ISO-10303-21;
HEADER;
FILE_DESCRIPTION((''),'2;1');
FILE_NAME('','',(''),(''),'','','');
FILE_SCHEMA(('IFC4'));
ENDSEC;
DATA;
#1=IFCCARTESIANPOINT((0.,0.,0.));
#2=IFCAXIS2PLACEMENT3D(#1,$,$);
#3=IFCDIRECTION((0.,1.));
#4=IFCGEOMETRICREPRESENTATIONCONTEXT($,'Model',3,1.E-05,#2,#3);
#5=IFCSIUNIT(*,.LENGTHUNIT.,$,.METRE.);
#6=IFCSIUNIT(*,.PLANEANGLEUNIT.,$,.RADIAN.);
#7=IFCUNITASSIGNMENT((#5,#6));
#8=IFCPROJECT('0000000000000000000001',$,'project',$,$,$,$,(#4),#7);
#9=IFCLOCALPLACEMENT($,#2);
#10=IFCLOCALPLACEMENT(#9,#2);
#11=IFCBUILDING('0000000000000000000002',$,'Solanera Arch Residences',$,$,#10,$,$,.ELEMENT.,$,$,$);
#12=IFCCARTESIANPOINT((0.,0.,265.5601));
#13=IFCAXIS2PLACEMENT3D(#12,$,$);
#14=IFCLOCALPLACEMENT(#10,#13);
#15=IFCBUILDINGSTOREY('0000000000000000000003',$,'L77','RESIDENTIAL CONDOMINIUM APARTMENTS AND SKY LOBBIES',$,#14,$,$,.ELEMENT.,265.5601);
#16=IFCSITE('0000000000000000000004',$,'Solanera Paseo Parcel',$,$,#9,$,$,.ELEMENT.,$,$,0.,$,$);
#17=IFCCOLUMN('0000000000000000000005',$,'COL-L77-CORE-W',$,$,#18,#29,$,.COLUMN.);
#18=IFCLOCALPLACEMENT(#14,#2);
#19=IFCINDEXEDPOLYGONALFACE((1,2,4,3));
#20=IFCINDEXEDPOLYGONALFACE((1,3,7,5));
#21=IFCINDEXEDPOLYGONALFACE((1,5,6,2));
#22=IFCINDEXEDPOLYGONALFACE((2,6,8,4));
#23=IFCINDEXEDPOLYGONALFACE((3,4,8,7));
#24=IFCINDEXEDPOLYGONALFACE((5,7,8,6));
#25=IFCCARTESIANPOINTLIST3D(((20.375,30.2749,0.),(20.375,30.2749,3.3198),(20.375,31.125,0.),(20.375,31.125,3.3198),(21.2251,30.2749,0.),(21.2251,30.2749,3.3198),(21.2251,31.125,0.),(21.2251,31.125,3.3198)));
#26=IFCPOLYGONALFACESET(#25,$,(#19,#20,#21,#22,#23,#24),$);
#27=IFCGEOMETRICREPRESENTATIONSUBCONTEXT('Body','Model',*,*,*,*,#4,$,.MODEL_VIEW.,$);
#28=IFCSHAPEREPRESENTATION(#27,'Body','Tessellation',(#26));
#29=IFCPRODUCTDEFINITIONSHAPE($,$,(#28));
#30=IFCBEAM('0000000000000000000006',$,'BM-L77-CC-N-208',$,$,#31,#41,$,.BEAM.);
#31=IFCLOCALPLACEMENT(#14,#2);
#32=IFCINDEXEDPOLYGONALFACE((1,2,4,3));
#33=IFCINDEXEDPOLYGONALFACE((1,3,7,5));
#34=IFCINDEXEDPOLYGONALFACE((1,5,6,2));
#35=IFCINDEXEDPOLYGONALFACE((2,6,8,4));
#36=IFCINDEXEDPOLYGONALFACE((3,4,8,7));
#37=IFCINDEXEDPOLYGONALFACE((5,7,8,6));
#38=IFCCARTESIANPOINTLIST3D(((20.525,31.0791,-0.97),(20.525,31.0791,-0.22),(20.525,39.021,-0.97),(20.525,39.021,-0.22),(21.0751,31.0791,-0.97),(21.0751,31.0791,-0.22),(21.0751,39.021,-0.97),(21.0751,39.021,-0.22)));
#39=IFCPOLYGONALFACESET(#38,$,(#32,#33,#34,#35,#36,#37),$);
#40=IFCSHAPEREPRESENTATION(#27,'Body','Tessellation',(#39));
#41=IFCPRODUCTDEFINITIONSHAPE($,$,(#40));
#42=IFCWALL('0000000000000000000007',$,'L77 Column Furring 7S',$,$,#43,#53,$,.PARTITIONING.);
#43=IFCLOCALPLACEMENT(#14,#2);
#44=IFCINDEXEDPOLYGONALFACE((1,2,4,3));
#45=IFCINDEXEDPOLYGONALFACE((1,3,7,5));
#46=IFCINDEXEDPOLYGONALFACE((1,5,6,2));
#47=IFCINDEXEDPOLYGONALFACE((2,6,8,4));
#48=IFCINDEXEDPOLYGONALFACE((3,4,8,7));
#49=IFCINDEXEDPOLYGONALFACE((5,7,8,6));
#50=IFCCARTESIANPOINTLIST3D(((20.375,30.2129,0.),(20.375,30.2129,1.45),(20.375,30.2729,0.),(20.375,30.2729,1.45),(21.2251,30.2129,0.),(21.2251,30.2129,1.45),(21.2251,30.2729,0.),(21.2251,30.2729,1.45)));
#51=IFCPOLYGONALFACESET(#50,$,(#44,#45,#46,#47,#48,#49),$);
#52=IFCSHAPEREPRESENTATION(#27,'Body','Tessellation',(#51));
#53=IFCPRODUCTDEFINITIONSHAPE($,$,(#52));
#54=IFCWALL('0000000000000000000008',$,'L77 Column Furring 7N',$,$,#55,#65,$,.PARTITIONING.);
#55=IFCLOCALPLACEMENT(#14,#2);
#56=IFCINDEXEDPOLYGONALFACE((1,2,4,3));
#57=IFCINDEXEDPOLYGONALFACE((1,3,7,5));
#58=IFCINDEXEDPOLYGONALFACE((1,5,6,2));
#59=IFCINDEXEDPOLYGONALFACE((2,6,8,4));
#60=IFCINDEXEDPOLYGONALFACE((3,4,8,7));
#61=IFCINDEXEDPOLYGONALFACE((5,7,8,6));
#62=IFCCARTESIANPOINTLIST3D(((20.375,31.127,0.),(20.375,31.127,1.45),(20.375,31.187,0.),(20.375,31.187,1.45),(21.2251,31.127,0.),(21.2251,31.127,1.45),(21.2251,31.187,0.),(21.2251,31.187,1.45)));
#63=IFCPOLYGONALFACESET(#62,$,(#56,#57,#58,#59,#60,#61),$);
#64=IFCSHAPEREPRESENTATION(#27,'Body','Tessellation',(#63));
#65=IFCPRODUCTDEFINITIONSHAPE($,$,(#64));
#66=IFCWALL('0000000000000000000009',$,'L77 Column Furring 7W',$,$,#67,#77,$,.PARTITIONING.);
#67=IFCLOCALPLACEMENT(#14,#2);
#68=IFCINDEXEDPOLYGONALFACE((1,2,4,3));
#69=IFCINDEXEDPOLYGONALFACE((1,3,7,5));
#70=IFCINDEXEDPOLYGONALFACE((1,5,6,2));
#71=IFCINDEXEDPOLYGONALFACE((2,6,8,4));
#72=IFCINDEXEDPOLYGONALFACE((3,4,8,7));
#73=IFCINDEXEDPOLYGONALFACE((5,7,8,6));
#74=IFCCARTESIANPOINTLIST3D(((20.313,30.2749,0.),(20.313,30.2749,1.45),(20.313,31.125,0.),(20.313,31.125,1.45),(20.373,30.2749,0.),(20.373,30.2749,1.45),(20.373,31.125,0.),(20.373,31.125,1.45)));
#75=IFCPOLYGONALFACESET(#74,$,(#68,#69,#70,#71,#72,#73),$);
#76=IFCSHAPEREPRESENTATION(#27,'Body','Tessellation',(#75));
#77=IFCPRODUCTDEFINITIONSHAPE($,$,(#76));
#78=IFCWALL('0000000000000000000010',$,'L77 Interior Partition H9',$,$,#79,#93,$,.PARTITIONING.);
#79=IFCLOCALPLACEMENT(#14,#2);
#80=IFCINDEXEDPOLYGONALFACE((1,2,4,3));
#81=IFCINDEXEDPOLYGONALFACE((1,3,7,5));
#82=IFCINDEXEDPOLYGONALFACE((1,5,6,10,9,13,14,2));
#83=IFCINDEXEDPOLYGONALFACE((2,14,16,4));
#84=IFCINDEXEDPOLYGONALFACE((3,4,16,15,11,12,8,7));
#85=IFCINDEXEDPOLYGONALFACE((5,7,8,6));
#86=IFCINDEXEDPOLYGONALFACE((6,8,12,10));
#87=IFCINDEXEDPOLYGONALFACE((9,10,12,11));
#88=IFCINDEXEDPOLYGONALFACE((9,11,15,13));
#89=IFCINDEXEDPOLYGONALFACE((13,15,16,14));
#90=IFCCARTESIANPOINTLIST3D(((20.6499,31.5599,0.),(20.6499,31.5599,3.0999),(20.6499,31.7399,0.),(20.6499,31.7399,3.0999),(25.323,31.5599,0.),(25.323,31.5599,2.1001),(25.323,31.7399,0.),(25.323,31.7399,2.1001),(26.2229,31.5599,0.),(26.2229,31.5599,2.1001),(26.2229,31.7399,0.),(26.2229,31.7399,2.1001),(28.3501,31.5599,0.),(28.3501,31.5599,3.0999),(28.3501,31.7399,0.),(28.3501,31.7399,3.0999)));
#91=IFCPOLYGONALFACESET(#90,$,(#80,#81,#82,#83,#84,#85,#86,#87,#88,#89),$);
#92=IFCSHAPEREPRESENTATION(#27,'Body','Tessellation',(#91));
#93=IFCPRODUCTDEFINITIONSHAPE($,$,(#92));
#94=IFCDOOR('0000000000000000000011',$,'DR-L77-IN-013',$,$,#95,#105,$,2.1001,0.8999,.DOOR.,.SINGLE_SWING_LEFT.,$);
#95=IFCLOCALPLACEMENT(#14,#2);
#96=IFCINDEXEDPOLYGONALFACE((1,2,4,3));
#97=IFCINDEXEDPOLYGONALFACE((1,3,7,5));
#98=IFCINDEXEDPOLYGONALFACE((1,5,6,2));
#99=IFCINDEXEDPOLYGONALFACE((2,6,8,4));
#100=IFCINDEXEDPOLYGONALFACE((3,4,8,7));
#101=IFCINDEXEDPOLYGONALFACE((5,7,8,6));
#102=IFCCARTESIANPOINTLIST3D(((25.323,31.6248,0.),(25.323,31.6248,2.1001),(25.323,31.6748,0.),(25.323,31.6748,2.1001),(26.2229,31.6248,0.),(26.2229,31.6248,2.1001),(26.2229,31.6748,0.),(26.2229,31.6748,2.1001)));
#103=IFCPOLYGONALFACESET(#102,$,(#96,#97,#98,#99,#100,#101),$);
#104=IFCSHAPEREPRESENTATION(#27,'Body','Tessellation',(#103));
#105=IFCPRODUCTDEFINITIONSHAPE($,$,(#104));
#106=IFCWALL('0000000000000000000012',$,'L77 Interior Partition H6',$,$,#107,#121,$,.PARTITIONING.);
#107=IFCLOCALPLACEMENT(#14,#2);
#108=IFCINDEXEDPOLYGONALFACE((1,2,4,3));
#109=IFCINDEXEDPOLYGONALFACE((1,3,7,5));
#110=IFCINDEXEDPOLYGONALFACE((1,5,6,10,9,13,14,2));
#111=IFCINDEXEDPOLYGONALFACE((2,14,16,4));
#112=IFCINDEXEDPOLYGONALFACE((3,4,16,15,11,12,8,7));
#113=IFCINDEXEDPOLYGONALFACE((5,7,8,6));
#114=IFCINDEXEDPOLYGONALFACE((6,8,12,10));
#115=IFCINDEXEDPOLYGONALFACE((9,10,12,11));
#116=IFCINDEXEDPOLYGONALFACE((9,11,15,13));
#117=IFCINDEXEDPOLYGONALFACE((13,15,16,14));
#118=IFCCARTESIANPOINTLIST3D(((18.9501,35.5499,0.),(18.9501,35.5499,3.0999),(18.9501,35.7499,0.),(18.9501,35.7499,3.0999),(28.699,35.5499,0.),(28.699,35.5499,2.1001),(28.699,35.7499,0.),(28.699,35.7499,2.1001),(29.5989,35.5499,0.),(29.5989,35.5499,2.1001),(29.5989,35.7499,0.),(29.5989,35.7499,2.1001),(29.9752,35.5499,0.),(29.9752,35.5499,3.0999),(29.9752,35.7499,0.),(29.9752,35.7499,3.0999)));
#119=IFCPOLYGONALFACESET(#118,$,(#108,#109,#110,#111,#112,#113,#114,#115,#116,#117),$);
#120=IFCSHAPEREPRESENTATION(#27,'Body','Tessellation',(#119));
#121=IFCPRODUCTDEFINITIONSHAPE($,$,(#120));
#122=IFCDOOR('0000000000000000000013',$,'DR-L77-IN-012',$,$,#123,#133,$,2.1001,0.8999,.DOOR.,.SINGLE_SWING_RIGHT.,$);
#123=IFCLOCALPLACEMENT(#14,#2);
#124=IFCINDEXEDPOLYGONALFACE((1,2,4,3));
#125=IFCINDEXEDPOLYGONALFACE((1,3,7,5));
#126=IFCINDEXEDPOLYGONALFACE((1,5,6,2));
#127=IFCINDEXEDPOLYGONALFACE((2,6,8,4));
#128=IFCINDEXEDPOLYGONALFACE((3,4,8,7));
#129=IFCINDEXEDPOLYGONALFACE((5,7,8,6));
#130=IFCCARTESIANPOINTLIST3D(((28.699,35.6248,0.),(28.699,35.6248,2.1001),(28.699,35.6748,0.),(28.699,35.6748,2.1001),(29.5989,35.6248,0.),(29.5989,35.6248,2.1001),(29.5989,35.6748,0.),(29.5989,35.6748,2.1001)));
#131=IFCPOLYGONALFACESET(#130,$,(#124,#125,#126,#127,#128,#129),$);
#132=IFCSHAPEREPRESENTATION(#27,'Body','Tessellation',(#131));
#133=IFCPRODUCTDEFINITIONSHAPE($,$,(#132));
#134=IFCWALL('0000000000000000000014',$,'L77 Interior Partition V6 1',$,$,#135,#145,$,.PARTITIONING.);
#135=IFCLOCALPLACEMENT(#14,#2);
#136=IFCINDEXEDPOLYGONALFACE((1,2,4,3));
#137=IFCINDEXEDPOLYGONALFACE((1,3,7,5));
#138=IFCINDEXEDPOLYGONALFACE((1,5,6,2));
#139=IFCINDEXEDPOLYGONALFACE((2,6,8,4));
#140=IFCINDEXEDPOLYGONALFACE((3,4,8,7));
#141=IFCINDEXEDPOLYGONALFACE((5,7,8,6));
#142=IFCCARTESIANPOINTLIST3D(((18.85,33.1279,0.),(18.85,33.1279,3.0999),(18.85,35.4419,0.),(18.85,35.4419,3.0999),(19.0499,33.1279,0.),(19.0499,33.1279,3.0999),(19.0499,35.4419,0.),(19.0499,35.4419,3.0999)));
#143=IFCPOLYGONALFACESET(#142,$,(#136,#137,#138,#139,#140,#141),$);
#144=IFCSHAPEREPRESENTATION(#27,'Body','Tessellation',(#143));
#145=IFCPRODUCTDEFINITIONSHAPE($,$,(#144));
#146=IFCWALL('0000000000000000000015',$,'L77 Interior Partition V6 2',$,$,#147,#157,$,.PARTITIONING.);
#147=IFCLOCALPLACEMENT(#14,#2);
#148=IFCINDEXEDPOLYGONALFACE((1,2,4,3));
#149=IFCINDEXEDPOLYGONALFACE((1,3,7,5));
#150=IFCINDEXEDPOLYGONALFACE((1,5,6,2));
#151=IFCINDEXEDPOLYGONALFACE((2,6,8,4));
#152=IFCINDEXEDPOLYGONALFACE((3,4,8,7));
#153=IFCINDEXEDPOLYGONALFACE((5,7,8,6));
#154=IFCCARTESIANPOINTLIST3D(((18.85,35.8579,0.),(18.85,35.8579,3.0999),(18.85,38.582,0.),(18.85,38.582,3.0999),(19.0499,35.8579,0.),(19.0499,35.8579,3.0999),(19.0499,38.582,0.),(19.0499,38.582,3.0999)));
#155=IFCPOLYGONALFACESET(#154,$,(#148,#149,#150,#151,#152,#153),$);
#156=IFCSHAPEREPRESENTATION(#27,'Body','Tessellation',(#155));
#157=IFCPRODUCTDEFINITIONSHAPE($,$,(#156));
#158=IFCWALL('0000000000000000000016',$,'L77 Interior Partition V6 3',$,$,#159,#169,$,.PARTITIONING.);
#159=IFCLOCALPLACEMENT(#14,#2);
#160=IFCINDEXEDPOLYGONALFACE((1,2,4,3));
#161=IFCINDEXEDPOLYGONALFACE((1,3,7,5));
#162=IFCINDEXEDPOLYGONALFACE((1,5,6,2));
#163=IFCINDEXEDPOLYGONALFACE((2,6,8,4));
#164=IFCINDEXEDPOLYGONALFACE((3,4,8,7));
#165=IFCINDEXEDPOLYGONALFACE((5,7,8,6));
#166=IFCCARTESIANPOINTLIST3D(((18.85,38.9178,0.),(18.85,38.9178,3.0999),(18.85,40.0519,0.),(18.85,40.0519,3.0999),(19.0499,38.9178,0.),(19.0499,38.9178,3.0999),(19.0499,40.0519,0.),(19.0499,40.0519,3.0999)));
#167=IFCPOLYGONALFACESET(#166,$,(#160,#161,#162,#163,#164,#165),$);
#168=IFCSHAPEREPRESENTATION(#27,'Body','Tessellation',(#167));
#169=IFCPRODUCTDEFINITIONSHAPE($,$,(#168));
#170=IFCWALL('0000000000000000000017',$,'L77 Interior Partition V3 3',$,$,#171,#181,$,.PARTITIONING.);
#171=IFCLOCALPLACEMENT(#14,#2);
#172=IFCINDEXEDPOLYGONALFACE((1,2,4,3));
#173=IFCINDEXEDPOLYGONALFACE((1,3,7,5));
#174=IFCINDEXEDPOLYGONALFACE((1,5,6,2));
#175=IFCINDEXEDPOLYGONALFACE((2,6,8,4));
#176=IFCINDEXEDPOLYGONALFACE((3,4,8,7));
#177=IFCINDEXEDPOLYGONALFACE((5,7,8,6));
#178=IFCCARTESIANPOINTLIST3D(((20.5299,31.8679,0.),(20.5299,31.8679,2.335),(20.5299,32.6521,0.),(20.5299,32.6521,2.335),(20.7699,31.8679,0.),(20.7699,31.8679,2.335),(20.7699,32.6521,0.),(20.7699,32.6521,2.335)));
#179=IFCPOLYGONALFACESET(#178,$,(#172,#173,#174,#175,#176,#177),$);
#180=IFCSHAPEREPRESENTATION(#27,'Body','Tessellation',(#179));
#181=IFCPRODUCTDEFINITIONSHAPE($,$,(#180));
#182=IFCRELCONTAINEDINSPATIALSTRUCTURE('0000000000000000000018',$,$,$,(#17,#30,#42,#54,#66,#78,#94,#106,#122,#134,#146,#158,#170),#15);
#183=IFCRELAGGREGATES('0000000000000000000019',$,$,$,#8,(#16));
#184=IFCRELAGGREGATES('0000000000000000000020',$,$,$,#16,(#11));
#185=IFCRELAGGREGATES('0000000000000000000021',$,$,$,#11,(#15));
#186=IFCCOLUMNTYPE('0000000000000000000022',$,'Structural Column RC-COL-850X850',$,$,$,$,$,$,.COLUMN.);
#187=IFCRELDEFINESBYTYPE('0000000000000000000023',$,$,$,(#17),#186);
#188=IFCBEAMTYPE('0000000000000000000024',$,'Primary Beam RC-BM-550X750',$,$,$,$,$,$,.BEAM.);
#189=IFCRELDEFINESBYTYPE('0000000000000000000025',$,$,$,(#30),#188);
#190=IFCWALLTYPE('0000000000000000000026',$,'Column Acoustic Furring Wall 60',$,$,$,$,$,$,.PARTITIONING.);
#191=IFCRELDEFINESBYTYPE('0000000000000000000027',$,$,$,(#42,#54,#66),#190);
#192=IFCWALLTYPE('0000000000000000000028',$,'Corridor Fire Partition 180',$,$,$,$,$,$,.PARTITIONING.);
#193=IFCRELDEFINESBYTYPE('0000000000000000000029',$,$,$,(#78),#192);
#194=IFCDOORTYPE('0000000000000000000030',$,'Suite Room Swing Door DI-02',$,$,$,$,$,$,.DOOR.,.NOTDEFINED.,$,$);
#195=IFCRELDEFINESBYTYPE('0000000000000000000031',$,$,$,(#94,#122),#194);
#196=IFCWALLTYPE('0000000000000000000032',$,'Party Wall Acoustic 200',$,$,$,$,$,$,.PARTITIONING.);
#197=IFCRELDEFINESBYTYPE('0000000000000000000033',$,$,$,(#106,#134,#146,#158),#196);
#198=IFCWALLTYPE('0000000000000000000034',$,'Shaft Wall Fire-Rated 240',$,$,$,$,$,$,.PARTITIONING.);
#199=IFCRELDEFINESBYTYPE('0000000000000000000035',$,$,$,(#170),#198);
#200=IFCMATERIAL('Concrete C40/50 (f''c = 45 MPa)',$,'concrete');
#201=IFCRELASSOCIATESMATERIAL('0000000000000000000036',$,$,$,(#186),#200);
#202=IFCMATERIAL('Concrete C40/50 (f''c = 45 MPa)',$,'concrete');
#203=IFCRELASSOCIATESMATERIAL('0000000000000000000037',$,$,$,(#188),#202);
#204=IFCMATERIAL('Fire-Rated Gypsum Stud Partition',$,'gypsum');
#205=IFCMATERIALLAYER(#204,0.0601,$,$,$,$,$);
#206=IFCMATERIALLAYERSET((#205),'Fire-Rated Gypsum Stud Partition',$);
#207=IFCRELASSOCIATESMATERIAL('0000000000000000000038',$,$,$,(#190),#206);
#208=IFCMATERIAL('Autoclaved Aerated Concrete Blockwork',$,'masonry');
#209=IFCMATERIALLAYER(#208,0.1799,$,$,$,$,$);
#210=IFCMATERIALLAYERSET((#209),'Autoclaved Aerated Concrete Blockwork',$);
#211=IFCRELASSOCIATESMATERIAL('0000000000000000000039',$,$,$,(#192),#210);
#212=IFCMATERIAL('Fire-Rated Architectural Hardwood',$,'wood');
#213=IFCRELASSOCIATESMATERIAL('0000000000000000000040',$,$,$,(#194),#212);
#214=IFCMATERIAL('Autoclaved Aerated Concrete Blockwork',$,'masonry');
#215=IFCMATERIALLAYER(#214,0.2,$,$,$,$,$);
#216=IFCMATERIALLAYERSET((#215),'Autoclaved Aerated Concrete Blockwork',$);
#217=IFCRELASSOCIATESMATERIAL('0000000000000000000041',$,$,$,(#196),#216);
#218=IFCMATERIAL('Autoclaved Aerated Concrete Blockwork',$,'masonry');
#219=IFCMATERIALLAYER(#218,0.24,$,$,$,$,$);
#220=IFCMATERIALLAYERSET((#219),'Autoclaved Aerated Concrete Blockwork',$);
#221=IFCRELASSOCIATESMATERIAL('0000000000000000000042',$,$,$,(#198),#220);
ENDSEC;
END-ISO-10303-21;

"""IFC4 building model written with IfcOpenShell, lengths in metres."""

from ifc_helpers import new_model, si_unit, direction, frame, frame_2d, origin, origin_2d, place, context, subcontext, project, spatial, rectangle, extrude, material, layer, layer_set, material_profile, profile_set, type_object, element, fill, save


model = new_model("IFC4")

# Units and contexts
model_context = context("Model", 3, precision=1e-05, world=origin(), true_north=direction((0.0, 1.0)))
body_context = subcontext(model_context, "Body", "Model", "MODEL_VIEW")
ifc_project = project(units=[si_unit("LENGTHUNIT", "METRE"), si_unit("PLANEANGLEUNIT", "RADIAN")], contexts=[model_context])

# Site, building, storey
site_placement = place(None, origin())
site = spatial("IfcSite", under=ifc_project, at=site_placement, Name="Solanera Paseo Parcel", CompositionType="ELEMENT", RefElevation=0.0)
building_placement = place(site_placement, origin())
building = spatial("IfcBuilding", under=site, at=building_placement, Name="Solanera Arch Residences", CompositionType="ELEMENT")
storey_placement = place(building_placement, frame((0.0, 0.0, 265.5601)))
storey = spatial("IfcBuildingStorey", under=building, at=storey_placement, Name="L77", Description="RESIDENTIAL CONDOMINIUM APARTMENTS AND SKY LOBBIES", CompositionType="ELEMENT", Elevation=265.5601)

# Column
ifc_material_1 = material(Name="Concrete C40/50 (f'c = 45 MPa)", Category="concrete")
ifc_material_profile_1 = material_profile(ifc_material_1, rectangle(XDim=0.8501, YDim=0.8501, at=origin_2d()))
ifc_profile_set_1 = profile_set([ifc_material_profile_1], Name="Concrete C40/50 (f'c = 45 MPa)")
column_type = type_object("IfcColumnType", Name="Structural Column RC-COL-850X850", PredefinedType="COLUMN", material=ifc_profile_set_1)
column_placement = place(storey_placement, frame((20.8, 30.7, 0.0), z_axis=(0.0, 0.0, 1.0), x_axis=(1.0, 0.0, 0.0)))
element("IfcColumn", 1, at=column_placement, inside=storey, type_object=column_type, Name="COL-L77-CORE-W", PredefinedType="COLUMN", context=body_context, shape_type="SweptSolid", body=[
    extrude(rectangle(XDim=0.8501, YDim=0.8501, at=origin_2d()), origin(), (0.0, 0.0, 1.0), 3.3198),
])

# Beam
ifc_material_2 = material(Name="Concrete C40/50 (f'c = 45 MPa)", Category="concrete")
ifc_material_profile_2 = material_profile(ifc_material_2, rectangle(XDim=0.55, YDim=0.75, at=origin_2d()))
ifc_profile_set_2 = profile_set([ifc_material_profile_2], Name="Concrete C40/50 (f'c = 45 MPa)")
beam_type = type_object("IfcBeamType", Name="Primary Beam RC-BM-550X750", PredefinedType="BEAM", material=ifc_profile_set_2)
beam_placement = place(storey_placement, frame((20.8, 31.0791, -0.595), z_axis=(0.0, 1.0, 0.0), x_axis=(-1.0, 0.0, 0.0)))
element("IfcBeam", 2, at=beam_placement, inside=storey, type_object=beam_type, Name="BM-L77-CC-N-208", PredefinedType="BEAM", context=body_context, shape_type="SweptSolid", body=[
    extrude(rectangle(XDim=0.55, YDim=0.75, at=origin_2d()), origin(), (0.0, 0.0, 1.0), 7.9419),
])

# Walls
ifc_material_3 = material(Name="Fire-Rated Gypsum Stud Partition", Category="gypsum")
ifc_layer_1 = layer(ifc_material_3, 0.0601)
ifc_layer_set_1 = layer_set([ifc_layer_1], Name="Fire-Rated Gypsum Stud Partition")
wall_type_1 = type_object("IfcWallType", Name="Column Acoustic Furring Wall 60", PredefinedType="PARTITIONING", material=ifc_layer_set_1)
for number, where, z_axis, x_axis, name in (
    (3, (20.375, 30.2429, 0.0), (0.0, 0.0, 1.0), (1.0, 0.0, 0.0), "L77 Column Furring 7S"),
    (4, (20.375, 31.157, 0.0), (0.0, 0.0, 1.0), (1.0, 0.0, 0.0), "L77 Column Furring 7N"),
    (5, (20.343, 30.2749, 0.0), (0.0, 0.0, 1.0), (0.0, 1.0, 0.0), "L77 Column Furring 7W"),
):
    element("IfcWall", number, at=place(storey_placement, frame(where, z_axis=z_axis, x_axis=x_axis)), inside=storey, type_object=wall_type_1, Name=name, PredefinedType="PARTITIONING", context=body_context, shape_type="SweptSolid", body=[
        extrude(rectangle(XDim=0.8501, YDim=0.0601, at=frame_2d((0.425, 0.0))), origin(), (0.0, 0.0, 1.0), 1.45),
    ])

# Walls, openings, doors
ifc_material_4 = material(Name="Autoclaved Aerated Concrete Blockwork", Category="masonry")
ifc_layer_2 = layer(ifc_material_4, 0.1799)
ifc_layer_set_2 = layer_set([ifc_layer_2], Name="Autoclaved Aerated Concrete Blockwork")
wall_type_2 = type_object("IfcWallType", Name="Corridor Fire Partition 180", PredefinedType="PARTITIONING", material=ifc_layer_set_2)
wall_1_placement = place(storey_placement, frame((20.6499, 31.6499, 0.0), z_axis=(0.0, 0.0, 1.0), x_axis=(1.0, 0.0, 0.0)))
wall_1 = element("IfcWall", 6, at=wall_1_placement, inside=storey, type_object=wall_type_2, Name="L77 Interior Partition H9", PredefinedType="PARTITIONING", context=body_context, shape_type="SweptSolid", body=[
    extrude(rectangle(XDim=7.7002, YDim=0.1799, at=frame_2d((3.8501, 0.0))), origin(), (0.0, 0.0, 1.0), 3.0999),
])
opening_1_placement = place(wall_1_placement, frame((4.6731, 0.0, 0.0)))
opening_1 = element("IfcOpeningElement", 7, at=opening_1_placement, cuts=wall_1, PredefinedType="OPENING", context=body_context, shape_type="SweptSolid", body=[
    extrude(rectangle(XDim=0.8999, YDim=2.1001, at=frame_2d((0.45, 1.05))), frame((0.0, 0.1001, 0.0), z_axis=(0.0, -1.0, 0.0), x_axis=(1.0, 0.0, 0.0)), (0.0, 0.0, 1.0), 0.1999),
])
ifc_material_5 = material(Name="Fire-Rated Architectural Hardwood", Category="wood")
door_type_1 = type_object("IfcDoorType", Name="Suite Room Swing Door DI-02", OperationType="NOTDEFINED", PredefinedType="DOOR", material=ifc_material_5)
door_1_placement = place(opening_1_placement, origin())
door_1 = element("IfcDoor", 8, at=door_1_placement, inside=storey, type_object=door_type_1, Name="DR-L77-IN-013", OperationType="SINGLE_SWING_LEFT", OverallHeight=2.1001, OverallWidth=0.8999, PredefinedType="DOOR", context=body_context, shape_type="SweptSolid", body=[
    extrude(rectangle(XDim=0.8999, YDim=2.1001, at=frame_2d((0.45, 1.05))), frame((0.0, 0.0249, 0.0), z_axis=(0.0, -1.0, 0.0), x_axis=(1.0, 0.0, 0.0)), (0.0, 0.0, 1.0), 0.05),
])
fill(opening_1, door_1)
ifc_material_6 = material(Name="Autoclaved Aerated Concrete Blockwork", Category="masonry")
ifc_layer_3 = layer(ifc_material_6, 0.2)
ifc_layer_set_3 = layer_set([ifc_layer_3], Name="Autoclaved Aerated Concrete Blockwork")
wall_type_3 = type_object("IfcWallType", Name="Party Wall Acoustic 200", PredefinedType="PARTITIONING", material=ifc_layer_set_3)
wall_2_placement = place(storey_placement, frame((18.95, 35.6499, 0.0), z_axis=(0.0, 0.0, 1.0), x_axis=(1.0, 0.0, 0.0)))
wall_2 = element("IfcWall", 9, at=wall_2_placement, inside=storey, type_object=wall_type_3, Name="L77 Interior Partition H6", PredefinedType="PARTITIONING", context=body_context, shape_type="SweptSolid", body=[
    extrude(rectangle(XDim=11.0251, YDim=0.2, at=frame_2d((5.5127, 0.0))), origin(), (0.0, 0.0, 1.0), 3.0999),
])
opening_2_placement = place(wall_2_placement, frame((9.749, 0.0, 0.0)))
opening_2 = element("IfcOpeningElement", 10, at=opening_2_placement, cuts=wall_2, PredefinedType="OPENING", context=body_context, shape_type="SweptSolid", body=[
    extrude(rectangle(XDim=0.8999, YDim=2.1001, at=frame_2d((0.45, 1.05))), frame((0.0, 0.1101, 0.0), z_axis=(0.0, -1.0, 0.0), x_axis=(1.0, 0.0, 0.0)), (0.0, 0.0, 1.0), 0.22),
])
door_2_placement = place(opening_2_placement, origin())
door_2 = element("IfcDoor", 11, at=door_2_placement, inside=storey, type_object=door_type_1, Name="DR-L77-IN-012", OperationType="SINGLE_SWING_RIGHT", OverallHeight=2.1001, OverallWidth=0.8999, PredefinedType="DOOR", context=body_context, shape_type="SweptSolid", body=[
    extrude(rectangle(XDim=0.8999, YDim=2.1001, at=frame_2d((0.45, 1.05))), frame((0.0, 0.0249, 0.0), z_axis=(0.0, -1.0, 0.0), x_axis=(1.0, 0.0, 0.0)), (0.0, 0.0, 1.0), 0.05),
])
fill(opening_2, door_2)

# Walls
wall_3_placement = place(storey_placement, frame((18.95, 33.1279, 0.0), z_axis=(0.0, 0.0, 1.0), x_axis=(0.0, 1.0, 0.0)))
element("IfcWall", 12, at=wall_3_placement, inside=storey, type_object=wall_type_3, Name="L77 Interior Partition V6 1", PredefinedType="PARTITIONING", context=body_context, shape_type="SweptSolid", body=[
    extrude(rectangle(XDim=2.314, YDim=0.2, at=frame_2d((1.157, 0.0))), origin(), (0.0, 0.0, 1.0), 3.0999),
])
wall_4_placement = place(storey_placement, frame((18.95, 35.8579, 0.0), z_axis=(0.0, 0.0, 1.0), x_axis=(0.0, 1.0, 0.0)))
element("IfcWall", 13, at=wall_4_placement, inside=storey, type_object=wall_type_3, Name="L77 Interior Partition V6 2", PredefinedType="PARTITIONING", context=body_context, shape_type="SweptSolid", body=[
    extrude(rectangle(XDim=2.7241, YDim=0.2, at=frame_2d((1.3621, 0.0))), origin(), (0.0, 0.0, 1.0), 3.0999),
])
wall_5_placement = place(storey_placement, frame((18.95, 38.918, 0.0), z_axis=(0.0, 0.0, 1.0), x_axis=(0.0, 1.0, 0.0)))
element("IfcWall", 14, at=wall_5_placement, inside=storey, type_object=wall_type_3, Name="L77 Interior Partition V6 3", PredefinedType="PARTITIONING", context=body_context, shape_type="SweptSolid", body=[
    extrude(rectangle(XDim=1.134, YDim=0.2, at=frame_2d((0.5669, 0.0))), origin(), (0.0, 0.0, 1.0), 3.0999),
])

# Shared definitions
ifc_material_7 = material(Name="Autoclaved Aerated Concrete Blockwork", Category="masonry")
ifc_layer_4 = layer(ifc_material_7, 0.24)
ifc_layer_set_4 = layer_set([ifc_layer_4], Name="Autoclaved Aerated Concrete Blockwork")
wall_type_4 = type_object("IfcWallType", Name="Shaft Wall Fire-Rated 240", PredefinedType="PARTITIONING", material=ifc_layer_set_4)

# Wall
wall_6_placement = place(storey_placement, frame((20.6499, 31.8679, 0.0), z_axis=(0.0, 0.0, 1.0), x_axis=(0.0, 1.0, 0.0)))
element("IfcWall", 15, at=wall_6_placement, inside=storey, type_object=wall_type_4, Name="L77 Interior Partition V3 3", PredefinedType="PARTITIONING", context=body_context, shape_type="SweptSolid", body=[
    extrude(rectangle(XDim=0.7842, YDim=0.24, at=frame_2d((0.3921, 0.0))), origin(), (0.0, 0.0, 1.0), 2.335),
])

save(model, "model.ifc")
